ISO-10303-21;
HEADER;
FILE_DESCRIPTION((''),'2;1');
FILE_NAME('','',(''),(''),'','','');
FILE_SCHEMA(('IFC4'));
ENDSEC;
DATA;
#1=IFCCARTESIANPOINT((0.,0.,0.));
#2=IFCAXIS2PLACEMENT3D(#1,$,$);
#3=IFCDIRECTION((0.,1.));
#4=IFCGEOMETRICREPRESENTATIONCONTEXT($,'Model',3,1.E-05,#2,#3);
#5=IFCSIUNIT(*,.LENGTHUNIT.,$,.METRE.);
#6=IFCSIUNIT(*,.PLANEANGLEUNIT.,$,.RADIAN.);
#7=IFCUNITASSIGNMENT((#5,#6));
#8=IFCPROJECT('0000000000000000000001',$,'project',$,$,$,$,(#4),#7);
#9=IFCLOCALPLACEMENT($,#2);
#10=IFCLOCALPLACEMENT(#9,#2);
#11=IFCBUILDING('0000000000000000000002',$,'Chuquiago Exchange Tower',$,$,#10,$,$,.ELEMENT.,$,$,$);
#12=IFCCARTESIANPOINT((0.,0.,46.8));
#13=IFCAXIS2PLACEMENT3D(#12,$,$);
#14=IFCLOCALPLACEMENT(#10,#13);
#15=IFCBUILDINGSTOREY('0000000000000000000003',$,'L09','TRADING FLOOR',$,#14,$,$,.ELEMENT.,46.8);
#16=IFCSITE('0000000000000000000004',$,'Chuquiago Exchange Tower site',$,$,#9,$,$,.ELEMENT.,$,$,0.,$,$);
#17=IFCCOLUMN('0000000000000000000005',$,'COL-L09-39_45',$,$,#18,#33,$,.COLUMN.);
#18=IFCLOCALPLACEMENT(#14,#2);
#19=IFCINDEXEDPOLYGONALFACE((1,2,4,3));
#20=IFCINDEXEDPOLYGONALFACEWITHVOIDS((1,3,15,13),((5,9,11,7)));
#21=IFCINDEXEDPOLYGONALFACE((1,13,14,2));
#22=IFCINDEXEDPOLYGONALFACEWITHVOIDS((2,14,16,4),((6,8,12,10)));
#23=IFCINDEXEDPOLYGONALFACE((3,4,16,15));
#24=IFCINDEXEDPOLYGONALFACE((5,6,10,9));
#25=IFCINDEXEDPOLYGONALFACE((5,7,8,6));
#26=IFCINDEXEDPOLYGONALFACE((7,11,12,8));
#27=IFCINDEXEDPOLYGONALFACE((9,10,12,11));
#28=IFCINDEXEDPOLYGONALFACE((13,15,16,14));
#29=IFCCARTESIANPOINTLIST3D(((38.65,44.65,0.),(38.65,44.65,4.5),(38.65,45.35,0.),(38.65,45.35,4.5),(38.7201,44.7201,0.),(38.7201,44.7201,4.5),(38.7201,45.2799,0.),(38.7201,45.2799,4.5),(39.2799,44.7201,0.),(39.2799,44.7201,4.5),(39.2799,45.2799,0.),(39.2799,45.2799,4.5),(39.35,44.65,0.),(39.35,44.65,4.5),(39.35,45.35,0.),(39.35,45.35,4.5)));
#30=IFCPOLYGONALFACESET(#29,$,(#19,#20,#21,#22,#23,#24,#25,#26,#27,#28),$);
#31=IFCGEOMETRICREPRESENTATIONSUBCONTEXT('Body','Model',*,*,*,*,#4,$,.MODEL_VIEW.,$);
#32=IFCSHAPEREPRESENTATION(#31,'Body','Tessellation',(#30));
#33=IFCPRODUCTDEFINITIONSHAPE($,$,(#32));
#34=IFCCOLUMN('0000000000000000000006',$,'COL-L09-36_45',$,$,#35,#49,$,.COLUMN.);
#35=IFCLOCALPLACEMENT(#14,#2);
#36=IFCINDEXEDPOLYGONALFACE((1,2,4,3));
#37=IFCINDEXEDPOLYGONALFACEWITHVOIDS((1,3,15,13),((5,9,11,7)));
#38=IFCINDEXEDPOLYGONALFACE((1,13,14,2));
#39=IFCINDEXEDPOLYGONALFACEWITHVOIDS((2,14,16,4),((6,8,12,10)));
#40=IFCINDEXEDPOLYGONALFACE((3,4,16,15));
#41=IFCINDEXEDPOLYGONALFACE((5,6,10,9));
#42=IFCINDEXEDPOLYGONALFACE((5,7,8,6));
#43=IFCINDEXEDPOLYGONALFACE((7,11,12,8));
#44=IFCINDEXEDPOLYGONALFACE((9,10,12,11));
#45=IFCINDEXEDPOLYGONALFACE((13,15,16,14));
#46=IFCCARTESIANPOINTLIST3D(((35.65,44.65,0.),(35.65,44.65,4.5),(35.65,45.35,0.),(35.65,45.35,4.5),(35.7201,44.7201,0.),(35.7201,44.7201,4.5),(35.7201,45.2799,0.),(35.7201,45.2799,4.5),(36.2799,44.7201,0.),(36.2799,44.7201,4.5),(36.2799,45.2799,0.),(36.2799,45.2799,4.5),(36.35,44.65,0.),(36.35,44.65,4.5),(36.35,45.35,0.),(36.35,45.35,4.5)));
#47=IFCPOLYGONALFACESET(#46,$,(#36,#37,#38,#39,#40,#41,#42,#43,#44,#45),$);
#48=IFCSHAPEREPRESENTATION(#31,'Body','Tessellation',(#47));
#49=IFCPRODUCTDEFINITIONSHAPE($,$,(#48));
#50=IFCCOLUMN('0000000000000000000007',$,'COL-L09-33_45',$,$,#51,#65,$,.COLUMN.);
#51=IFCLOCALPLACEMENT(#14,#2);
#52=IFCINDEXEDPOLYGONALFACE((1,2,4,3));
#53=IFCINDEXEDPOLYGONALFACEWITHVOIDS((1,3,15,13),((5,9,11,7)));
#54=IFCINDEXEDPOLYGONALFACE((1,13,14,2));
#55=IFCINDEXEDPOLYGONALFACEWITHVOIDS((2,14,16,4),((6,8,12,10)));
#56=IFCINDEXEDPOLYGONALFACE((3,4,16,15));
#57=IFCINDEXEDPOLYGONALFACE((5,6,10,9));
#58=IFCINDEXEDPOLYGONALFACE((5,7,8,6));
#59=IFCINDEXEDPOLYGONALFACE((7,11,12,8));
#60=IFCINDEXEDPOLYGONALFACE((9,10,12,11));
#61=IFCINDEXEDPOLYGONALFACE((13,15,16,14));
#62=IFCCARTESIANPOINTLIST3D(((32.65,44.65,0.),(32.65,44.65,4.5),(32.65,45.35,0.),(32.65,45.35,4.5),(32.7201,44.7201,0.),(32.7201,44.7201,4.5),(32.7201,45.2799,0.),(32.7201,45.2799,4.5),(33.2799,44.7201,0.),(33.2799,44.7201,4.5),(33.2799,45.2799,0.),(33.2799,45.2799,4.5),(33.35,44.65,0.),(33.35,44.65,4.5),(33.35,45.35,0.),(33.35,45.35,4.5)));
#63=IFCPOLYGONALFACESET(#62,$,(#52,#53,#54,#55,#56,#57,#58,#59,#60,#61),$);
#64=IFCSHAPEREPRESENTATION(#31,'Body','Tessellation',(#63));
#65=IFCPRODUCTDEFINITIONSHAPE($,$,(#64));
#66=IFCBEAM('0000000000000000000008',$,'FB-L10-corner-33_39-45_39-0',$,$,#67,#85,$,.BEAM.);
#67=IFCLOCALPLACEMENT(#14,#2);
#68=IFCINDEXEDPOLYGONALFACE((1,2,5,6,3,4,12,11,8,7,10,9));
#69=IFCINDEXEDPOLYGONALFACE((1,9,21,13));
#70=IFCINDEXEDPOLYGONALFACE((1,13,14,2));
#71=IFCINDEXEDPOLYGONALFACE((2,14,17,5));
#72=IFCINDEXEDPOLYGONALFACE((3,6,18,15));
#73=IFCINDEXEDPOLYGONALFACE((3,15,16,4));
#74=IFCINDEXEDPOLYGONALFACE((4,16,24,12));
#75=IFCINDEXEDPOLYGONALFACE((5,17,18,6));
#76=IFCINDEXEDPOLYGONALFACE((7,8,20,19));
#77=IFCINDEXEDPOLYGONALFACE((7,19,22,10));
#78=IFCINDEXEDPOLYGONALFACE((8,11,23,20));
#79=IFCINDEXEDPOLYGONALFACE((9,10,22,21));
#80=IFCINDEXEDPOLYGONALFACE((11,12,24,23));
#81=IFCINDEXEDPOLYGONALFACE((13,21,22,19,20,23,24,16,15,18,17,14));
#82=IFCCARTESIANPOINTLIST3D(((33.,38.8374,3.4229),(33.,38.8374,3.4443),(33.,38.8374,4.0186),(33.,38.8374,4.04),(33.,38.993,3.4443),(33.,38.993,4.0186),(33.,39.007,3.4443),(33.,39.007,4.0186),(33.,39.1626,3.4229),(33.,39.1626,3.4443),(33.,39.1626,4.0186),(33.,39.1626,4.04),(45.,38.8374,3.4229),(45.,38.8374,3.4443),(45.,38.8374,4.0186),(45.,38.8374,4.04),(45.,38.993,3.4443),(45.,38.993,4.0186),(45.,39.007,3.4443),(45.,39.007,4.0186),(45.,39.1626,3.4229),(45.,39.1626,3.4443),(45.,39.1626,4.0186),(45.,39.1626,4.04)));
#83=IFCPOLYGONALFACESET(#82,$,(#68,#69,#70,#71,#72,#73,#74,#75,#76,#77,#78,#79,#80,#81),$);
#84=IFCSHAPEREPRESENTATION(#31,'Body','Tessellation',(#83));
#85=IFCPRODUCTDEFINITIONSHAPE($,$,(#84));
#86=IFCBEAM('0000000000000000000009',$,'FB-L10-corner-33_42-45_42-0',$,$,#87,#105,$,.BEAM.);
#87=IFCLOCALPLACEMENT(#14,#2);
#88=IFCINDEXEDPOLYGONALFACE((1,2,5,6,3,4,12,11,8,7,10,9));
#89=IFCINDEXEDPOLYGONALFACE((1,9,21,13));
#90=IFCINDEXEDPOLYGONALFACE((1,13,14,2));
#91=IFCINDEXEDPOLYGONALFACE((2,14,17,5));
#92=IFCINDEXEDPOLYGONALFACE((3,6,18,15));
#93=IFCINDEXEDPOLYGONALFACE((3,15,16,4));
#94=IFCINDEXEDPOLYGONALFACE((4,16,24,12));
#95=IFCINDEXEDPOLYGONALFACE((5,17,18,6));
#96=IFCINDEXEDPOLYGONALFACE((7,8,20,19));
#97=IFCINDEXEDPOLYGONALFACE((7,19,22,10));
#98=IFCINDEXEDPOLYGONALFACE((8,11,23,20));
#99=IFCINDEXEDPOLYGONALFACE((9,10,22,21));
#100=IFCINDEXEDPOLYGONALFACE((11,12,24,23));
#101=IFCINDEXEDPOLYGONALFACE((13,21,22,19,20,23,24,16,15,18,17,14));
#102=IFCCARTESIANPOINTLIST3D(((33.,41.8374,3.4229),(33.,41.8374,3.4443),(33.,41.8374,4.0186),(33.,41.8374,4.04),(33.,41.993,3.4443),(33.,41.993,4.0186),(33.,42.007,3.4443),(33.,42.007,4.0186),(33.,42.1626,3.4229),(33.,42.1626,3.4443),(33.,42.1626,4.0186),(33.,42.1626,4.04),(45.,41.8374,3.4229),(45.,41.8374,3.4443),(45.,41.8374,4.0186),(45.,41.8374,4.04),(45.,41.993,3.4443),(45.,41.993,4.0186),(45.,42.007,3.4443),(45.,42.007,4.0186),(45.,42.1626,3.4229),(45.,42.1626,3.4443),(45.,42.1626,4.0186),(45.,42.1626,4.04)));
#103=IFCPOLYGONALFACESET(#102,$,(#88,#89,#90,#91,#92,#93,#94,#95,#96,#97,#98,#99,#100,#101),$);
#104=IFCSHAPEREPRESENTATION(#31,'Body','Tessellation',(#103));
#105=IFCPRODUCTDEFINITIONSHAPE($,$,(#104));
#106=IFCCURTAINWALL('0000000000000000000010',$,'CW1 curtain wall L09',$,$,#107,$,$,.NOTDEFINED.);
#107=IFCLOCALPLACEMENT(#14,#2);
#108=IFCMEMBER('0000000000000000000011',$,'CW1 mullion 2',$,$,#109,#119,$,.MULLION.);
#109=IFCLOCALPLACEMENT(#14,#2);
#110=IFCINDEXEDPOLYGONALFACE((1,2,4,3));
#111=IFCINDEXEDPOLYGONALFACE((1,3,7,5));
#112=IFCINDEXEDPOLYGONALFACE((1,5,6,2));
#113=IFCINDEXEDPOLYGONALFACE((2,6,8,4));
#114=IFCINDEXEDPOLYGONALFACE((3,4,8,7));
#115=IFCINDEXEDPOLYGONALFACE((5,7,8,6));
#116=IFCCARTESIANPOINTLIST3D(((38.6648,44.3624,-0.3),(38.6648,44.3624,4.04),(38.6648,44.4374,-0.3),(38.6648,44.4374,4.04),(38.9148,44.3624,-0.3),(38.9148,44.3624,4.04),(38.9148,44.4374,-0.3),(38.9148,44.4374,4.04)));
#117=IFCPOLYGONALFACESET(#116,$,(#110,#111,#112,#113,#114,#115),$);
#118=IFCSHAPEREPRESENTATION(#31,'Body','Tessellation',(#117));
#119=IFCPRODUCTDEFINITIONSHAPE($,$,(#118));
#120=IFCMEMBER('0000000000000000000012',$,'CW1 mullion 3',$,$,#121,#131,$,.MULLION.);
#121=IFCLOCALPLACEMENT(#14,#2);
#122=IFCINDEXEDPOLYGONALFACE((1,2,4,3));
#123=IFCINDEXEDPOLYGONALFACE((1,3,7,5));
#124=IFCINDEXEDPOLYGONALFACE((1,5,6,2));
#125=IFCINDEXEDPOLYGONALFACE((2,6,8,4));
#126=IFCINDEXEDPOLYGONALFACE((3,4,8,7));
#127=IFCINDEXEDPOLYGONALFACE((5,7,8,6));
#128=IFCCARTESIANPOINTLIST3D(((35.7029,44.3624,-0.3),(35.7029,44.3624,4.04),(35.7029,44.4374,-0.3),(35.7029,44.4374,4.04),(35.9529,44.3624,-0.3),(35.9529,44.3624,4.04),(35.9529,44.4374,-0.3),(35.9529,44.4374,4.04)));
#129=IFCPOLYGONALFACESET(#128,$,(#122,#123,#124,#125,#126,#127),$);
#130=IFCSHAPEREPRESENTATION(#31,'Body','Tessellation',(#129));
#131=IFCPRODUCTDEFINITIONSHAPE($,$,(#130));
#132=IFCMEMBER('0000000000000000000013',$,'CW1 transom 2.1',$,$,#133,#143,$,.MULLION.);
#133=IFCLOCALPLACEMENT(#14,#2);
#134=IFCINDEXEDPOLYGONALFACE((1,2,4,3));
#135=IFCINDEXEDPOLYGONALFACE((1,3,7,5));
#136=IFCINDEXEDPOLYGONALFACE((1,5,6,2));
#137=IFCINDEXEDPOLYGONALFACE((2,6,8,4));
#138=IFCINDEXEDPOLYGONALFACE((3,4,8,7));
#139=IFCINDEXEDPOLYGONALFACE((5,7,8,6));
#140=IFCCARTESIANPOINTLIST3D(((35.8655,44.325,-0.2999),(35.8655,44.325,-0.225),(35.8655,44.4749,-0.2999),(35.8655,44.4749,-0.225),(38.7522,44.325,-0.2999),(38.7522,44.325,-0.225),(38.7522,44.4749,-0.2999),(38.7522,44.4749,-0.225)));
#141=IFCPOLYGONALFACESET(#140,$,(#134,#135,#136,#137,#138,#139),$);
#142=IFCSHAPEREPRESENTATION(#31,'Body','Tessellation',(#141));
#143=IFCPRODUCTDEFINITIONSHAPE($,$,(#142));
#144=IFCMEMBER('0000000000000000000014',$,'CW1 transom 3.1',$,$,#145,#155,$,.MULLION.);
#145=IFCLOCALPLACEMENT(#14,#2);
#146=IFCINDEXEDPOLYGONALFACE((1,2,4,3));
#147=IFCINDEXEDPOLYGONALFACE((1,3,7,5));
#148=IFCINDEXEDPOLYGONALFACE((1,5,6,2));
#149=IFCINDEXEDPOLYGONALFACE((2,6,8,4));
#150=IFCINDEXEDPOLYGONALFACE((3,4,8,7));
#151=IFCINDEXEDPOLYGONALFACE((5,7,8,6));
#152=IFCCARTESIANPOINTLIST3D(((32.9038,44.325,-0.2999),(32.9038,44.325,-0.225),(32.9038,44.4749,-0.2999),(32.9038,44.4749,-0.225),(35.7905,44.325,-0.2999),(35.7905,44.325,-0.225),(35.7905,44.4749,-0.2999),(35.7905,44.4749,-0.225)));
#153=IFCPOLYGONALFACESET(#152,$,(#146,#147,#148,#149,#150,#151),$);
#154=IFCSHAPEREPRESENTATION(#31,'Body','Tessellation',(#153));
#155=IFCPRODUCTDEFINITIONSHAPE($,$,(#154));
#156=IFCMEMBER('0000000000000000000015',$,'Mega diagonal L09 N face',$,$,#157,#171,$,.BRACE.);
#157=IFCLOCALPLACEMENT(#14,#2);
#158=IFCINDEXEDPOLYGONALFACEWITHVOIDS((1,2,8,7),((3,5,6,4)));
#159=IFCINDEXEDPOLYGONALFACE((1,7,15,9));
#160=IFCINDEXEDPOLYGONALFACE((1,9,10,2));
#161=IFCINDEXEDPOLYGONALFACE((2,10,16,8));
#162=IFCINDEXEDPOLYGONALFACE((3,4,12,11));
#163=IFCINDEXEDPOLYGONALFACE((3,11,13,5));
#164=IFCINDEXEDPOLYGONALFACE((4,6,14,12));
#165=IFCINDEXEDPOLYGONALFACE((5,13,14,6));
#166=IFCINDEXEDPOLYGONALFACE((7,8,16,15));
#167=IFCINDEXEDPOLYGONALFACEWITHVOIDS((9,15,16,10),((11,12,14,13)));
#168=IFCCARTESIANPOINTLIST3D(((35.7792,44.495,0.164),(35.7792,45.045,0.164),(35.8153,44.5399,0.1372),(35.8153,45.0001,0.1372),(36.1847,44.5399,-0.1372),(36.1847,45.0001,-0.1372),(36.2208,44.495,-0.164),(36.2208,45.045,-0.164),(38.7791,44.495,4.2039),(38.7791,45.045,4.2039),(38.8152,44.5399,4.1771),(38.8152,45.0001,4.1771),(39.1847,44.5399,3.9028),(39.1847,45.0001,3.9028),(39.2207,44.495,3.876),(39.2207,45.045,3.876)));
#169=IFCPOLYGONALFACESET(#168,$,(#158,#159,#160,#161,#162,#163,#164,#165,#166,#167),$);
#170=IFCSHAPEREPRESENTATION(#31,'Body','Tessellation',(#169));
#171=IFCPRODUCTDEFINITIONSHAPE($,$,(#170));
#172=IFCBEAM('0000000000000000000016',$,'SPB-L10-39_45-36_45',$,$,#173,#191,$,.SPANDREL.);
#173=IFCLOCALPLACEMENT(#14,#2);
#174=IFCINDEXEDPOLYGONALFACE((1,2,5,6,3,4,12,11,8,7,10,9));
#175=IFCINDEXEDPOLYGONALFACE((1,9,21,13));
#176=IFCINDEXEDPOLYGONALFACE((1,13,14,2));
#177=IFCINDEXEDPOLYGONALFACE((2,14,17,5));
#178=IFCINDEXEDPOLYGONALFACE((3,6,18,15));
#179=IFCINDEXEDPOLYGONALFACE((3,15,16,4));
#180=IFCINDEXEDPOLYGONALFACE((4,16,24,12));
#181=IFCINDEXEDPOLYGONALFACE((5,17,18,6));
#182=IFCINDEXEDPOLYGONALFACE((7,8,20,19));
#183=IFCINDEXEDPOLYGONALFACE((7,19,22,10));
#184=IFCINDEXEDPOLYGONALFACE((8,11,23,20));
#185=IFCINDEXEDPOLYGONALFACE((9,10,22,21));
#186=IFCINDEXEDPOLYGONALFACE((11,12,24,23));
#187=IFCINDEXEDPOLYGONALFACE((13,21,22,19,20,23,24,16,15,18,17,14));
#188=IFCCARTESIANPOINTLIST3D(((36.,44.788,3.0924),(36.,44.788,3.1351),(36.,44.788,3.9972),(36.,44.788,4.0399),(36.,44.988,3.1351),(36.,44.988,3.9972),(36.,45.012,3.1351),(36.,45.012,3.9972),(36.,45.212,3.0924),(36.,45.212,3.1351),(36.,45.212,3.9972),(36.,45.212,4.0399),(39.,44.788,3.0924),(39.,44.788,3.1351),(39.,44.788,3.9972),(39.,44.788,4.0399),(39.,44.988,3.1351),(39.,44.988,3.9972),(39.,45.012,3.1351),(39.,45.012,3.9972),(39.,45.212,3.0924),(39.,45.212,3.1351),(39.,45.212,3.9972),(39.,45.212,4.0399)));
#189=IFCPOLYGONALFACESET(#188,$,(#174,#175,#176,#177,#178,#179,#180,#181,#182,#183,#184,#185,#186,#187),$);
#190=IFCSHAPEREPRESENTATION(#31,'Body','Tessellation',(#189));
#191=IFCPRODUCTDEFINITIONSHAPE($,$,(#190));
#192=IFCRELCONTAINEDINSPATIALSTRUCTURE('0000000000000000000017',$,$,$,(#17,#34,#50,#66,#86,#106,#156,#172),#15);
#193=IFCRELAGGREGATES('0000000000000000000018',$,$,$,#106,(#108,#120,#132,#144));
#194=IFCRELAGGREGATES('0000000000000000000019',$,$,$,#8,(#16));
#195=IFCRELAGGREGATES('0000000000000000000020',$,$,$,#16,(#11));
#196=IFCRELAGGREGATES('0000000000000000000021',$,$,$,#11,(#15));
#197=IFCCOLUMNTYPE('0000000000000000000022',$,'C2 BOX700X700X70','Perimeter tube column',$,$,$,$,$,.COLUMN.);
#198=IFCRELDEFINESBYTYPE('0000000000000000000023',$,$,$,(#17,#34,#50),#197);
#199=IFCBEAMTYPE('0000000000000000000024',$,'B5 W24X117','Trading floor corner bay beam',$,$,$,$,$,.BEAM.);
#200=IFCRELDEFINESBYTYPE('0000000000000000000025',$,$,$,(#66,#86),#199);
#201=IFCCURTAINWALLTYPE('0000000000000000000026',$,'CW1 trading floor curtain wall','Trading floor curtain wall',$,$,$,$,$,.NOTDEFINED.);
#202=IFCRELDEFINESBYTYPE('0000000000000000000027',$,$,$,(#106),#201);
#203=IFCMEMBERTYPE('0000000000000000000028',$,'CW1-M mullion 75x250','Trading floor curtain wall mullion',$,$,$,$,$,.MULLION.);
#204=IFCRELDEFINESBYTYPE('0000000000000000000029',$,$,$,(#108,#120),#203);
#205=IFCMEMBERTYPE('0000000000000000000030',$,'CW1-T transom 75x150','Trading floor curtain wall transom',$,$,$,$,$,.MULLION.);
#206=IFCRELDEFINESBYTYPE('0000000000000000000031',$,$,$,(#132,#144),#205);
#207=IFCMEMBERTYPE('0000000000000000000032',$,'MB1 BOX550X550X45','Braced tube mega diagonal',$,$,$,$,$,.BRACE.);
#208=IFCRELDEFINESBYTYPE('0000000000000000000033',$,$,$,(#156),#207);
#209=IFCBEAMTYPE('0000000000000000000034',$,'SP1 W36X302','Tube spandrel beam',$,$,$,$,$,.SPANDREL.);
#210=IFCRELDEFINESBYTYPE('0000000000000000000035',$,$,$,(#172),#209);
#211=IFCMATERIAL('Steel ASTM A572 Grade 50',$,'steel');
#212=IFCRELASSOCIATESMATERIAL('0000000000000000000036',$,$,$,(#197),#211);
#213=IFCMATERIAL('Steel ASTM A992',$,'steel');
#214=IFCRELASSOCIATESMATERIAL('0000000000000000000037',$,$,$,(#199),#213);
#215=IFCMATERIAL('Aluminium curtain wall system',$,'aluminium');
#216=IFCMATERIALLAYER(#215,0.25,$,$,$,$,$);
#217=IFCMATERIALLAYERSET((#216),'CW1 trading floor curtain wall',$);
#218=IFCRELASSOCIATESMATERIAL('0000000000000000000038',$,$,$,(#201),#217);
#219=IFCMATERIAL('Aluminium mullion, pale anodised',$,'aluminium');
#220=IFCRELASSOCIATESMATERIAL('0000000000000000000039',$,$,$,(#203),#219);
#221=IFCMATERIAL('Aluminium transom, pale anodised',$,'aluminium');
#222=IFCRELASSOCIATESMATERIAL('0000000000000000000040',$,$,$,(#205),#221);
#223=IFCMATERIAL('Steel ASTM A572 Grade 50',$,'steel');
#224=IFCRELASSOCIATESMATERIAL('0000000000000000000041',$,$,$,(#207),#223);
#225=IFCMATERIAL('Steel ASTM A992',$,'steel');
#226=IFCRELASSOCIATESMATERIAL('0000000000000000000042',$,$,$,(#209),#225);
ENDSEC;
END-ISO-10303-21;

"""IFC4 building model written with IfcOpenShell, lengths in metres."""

from ifc_helpers import new_model, si_unit, direction, frame, origin, origin_2d, place, context, subcontext, project, spatial, rectangle, hollow_rectangle, i_section, extrude, material, layer, layer_set, material_profile, profile_set, type_object, element, aggregate, save


model = new_model("IFC4")

# Units and contexts
model_context = context("Model", 3, precision=1e-05, world=origin(), true_north=direction((0.0, 1.0)))
body_context = subcontext(model_context, "Body", "Model", "MODEL_VIEW")
ifc_project = project(units=[si_unit("LENGTHUNIT", "METRE"), si_unit("PLANEANGLEUNIT", "RADIAN")], contexts=[model_context])

# Site, building, storey
site_placement = place(None, origin())
site = spatial("IfcSite", under=ifc_project, at=site_placement, Name="Chuquiago Exchange Tower site", CompositionType="ELEMENT", RefElevation=0.0)
building_placement = place(site_placement, origin())
building = spatial("IfcBuilding", under=site, at=building_placement, Name="Chuquiago Exchange Tower", CompositionType="ELEMENT")
storey_placement = place(building_placement, frame((0.0, 0.0, 46.8)))
storey = spatial("IfcBuildingStorey", under=building, at=storey_placement, Name="L09", Description="TRADING FLOOR", CompositionType="ELEMENT", Elevation=46.8)

# Columns
ifc_material_1 = material(Name="Steel ASTM A572 Grade 50", Category="steel")
ifc_material_profile_1 = material_profile(ifc_material_1, hollow_rectangle(XDim=0.7, YDim=0.7, WallThickness=0.0701, at=origin_2d()), Name="BOX700X700X70")
ifc_profile_set_1 = profile_set([ifc_material_profile_1], Name="Steel ASTM A572 Grade 50")
column_type = type_object("IfcColumnType", Name="C2 BOX700X700X70", Description="Perimeter tube column", PredefinedType="COLUMN", material=ifc_profile_set_1)
for number, where, z_axis, x_axis, name in (
    (1, (39.0, 45.0, 0.0), (0.0, 0.0, 1.0), (0.0, 1.0, 0.0), "COL-L09-39_45"),
    (2, (36.0, 45.0, 0.0), (0.0, 0.0, 1.0), (0.0, 1.0, 0.0), "COL-L09-36_45"),
    (3, (33.0, 45.0, 0.0), (0.0, 0.0, 1.0), (0.0, 1.0, 0.0), "COL-L09-33_45"),
):
    element("IfcColumn", number, at=place(storey_placement, frame(where, z_axis=z_axis, x_axis=x_axis)), inside=storey, type_object=column_type, Name=name, PredefinedType="COLUMN", context=body_context, shape_type="SweptSolid", body=[
        extrude(hollow_rectangle(XDim=0.7, YDim=0.7, WallThickness=0.0701, at=origin_2d()), origin(), (0.0, 0.0, 1.0), 4.5),
    ])

# Beams
ifc_material_2 = material(Name="Steel ASTM A992", Category="steel")
ifc_material_profile_2 = material_profile(ifc_material_2, i_section(OverallWidth=0.3252, OverallDepth=0.6172, WebThickness=0.0139, FlangeThickness=0.0215, at=origin_2d()), Name="W24X117")
ifc_profile_set_2 = profile_set([ifc_material_profile_2], Name="Steel ASTM A992")
beam_type_1 = type_object("IfcBeamType", Name="B5 W24X117", Description="Trading floor corner bay beam", PredefinedType="BEAM", material=ifc_profile_set_2)
for number, where, z_axis, x_axis, name in (
    (4, (33.0, 39.0, 3.7314), (1.0, 0.0, 0.0), (0.0, 1.0, 0.0), "FB-L10-corner-33_39-45_39-0"),
    (5, (33.0, 42.0, 3.7314), (1.0, 0.0, 0.0), (0.0, 1.0, 0.0), "FB-L10-corner-33_42-45_42-0"),
):
    element("IfcBeam", number, at=place(storey_placement, frame(where, z_axis=z_axis, x_axis=x_axis)), inside=storey, type_object=beam_type_1, Name=name, PredefinedType="BEAM", context=body_context, shape_type="SweptSolid", body=[
        extrude(i_section(OverallWidth=0.3252, OverallDepth=0.6172, WebThickness=0.0139, FlangeThickness=0.0215, at=origin_2d()), origin(), (0.0, 0.0, 1.0), 12.0),
    ])

# Curtain wall, members
ifc_material_3 = material(Name="Aluminium curtain wall system", Category="aluminium")
ifc_layer_1 = layer(ifc_material_3, 0.25)
ifc_layer_set_1 = layer_set([ifc_layer_1], Name="CW1 trading floor curtain wall")
curtain_wall_type = type_object("IfcCurtainWallType", Name="CW1 trading floor curtain wall", Description="Trading floor curtain wall", PredefinedType="NOTDEFINED", material=ifc_layer_set_1)
curtain_wall_placement = place(storey_placement, origin())
curtain_wall = element("IfcCurtainWall", 6, at=curtain_wall_placement, inside=storey, type_object=curtain_wall_type, Name="CW1 curtain wall L09", PredefinedType="NOTDEFINED")
ifc_material_4 = material(Name="Aluminium mullion, pale anodised", Category="aluminium")
ifc_material_profile_3 = material_profile(ifc_material_4, rectangle(XDim=0.075, YDim=0.25, at=origin_2d()), Name="AL 75x250")
ifc_profile_set_3 = profile_set([ifc_material_profile_3], Name="Aluminium mullion, pale anodised")
member_type_1 = type_object("IfcMemberType", Name="CW1-M mullion 75x250", Description="Trading floor curtain wall mullion", PredefinedType="MULLION", material=ifc_profile_set_3)
member_1_placement = place(storey_placement, frame((38.7898, 44.3999, -0.3), z_axis=(0.0, 0.0, 1.0), x_axis=(0.0, -1.0, 0.0)))
member_1 = element("IfcMember", 7, at=member_1_placement, type_object=member_type_1, Name="CW1 mullion 2", PredefinedType="MULLION", context=body_context, shape_type="SweptSolid", body=[
    extrude(rectangle(XDim=0.075, YDim=0.25, at=origin_2d()), origin(), (0.0, 0.0, 1.0), 4.3401),
])
member_2_placement = place(storey_placement, frame((35.8279, 44.3999, -0.3), z_axis=(0.0, 0.0, 1.0), x_axis=(0.0, -1.0, 0.0)))
member_2 = element("IfcMember", 8, at=member_2_placement, type_object=member_type_1, Name="CW1 mullion 3", PredefinedType="MULLION", context=body_context, shape_type="SweptSolid", body=[
    extrude(rectangle(XDim=0.075, YDim=0.25, at=origin_2d()), origin(), (0.0, 0.0, 1.0), 4.3401),
])
ifc_material_5 = material(Name="Aluminium transom, pale anodised", Category="aluminium")
ifc_material_profile_4 = material_profile(ifc_material_5, rectangle(XDim=0.1499, YDim=0.075, at=origin_2d()), Name="AL 150x75")
ifc_profile_set_4 = profile_set([ifc_material_profile_4], Name="Aluminium transom, pale anodised")
member_type_2 = type_object("IfcMemberType", Name="CW1-T transom 75x150", Description="Trading floor curtain wall transom", PredefinedType="MULLION", material=ifc_profile_set_4)
member_3_placement = place(storey_placement, frame((38.7522, 44.3999, -0.2625), z_axis=(-1.0, 0.0, 0.0), x_axis=(0.0, -1.0, 0.0)))
member_3 = element("IfcMember", 9, at=member_3_placement, type_object=member_type_2, Name="CW1 transom 2.1", PredefinedType="MULLION", context=body_context, shape_type="SweptSolid", body=[
    extrude(rectangle(XDim=0.1499, YDim=0.075, at=origin_2d()), origin(), (0.0, 0.0, 1.0), 2.8867),
])
member_4_placement = place(storey_placement, frame((35.7905, 44.3999, -0.2625), z_axis=(-1.0, 0.0, 0.0), x_axis=(0.0, -1.0, 0.0)))
member_4 = element("IfcMember", 10, at=member_4_placement, type_object=member_type_2, Name="CW1 transom 3.1", PredefinedType="MULLION", context=body_context, shape_type="SweptSolid", body=[
    extrude(rectangle(XDim=0.1499, YDim=0.075, at=origin_2d()), origin(), (0.0, 0.0, 1.0), 2.8867),
])

# Member
ifc_material_6 = material(Name="Steel ASTM A572 Grade 50", Category="steel")
ifc_material_profile_5 = material_profile(ifc_material_6, hollow_rectangle(XDim=0.55, YDim=0.55, WallThickness=0.0449, at=origin_2d()), Name="BOX550X550X45")
ifc_profile_set_5 = profile_set([ifc_material_profile_5], Name="Steel ASTM A572 Grade 50")
member_type_3 = type_object("IfcMemberType", Name="MB1 BOX550X550X45", Description="Braced tube mega diagonal", PredefinedType="BRACE", material=ifc_profile_set_5)
member_5_placement = place(storey_placement, frame((36.0, 44.77, 0.0), z_axis=(0.596174, 0.0, 0.802855), x_axis=(0.0, 1.0, 0.0)))
element("IfcMember", 11, at=member_5_placement, inside=storey, type_object=member_type_3, Name="Mega diagonal L09 N face", PredefinedType="BRACE", context=body_context, shape_type="SweptSolid", body=[
    extrude(hollow_rectangle(XDim=0.55, YDim=0.55, WallThickness=0.0449, at=origin_2d()), origin(), (0.0, 0.0, 1.0), 5.032),
])

# Beam
ifc_material_7 = material(Name="Steel ASTM A992", Category="steel")
ifc_material_profile_6 = material_profile(ifc_material_7, i_section(OverallWidth=0.4241, OverallDepth=0.9475, WebThickness=0.0239, FlangeThickness=0.0427, at=origin_2d()), Name="W36X302")
ifc_profile_set_6 = profile_set([ifc_material_profile_6], Name="Steel ASTM A992")
beam_type_2 = type_object("IfcBeamType", Name="SP1 W36X302", Description="Tube spandrel beam", PredefinedType="SPANDREL", material=ifc_profile_set_6)
for number, where, z_axis, x_axis, name in (
    (12, (39.0, 45.0, 3.5662), (-1.0, 0.0, 0.0), (0.0, -1.0, 0.0), "SPB-L10-39_45-36_45"),
):
    element("IfcBeam", number, at=place(storey_placement, frame(where, z_axis=z_axis, x_axis=x_axis)), inside=storey, type_object=beam_type_2, Name=name, PredefinedType="SPANDREL", context=body_context, shape_type="SweptSolid", body=[
        extrude(i_section(OverallWidth=0.4241, OverallDepth=0.9475, WebThickness=0.0239, FlangeThickness=0.0427, at=origin_2d()), origin(), (0.0, 0.0, 1.0), 3.0),
    ])

aggregate(curtain_wall, [member_1, member_2, member_3, member_4])

save(model, "model.ifc")
